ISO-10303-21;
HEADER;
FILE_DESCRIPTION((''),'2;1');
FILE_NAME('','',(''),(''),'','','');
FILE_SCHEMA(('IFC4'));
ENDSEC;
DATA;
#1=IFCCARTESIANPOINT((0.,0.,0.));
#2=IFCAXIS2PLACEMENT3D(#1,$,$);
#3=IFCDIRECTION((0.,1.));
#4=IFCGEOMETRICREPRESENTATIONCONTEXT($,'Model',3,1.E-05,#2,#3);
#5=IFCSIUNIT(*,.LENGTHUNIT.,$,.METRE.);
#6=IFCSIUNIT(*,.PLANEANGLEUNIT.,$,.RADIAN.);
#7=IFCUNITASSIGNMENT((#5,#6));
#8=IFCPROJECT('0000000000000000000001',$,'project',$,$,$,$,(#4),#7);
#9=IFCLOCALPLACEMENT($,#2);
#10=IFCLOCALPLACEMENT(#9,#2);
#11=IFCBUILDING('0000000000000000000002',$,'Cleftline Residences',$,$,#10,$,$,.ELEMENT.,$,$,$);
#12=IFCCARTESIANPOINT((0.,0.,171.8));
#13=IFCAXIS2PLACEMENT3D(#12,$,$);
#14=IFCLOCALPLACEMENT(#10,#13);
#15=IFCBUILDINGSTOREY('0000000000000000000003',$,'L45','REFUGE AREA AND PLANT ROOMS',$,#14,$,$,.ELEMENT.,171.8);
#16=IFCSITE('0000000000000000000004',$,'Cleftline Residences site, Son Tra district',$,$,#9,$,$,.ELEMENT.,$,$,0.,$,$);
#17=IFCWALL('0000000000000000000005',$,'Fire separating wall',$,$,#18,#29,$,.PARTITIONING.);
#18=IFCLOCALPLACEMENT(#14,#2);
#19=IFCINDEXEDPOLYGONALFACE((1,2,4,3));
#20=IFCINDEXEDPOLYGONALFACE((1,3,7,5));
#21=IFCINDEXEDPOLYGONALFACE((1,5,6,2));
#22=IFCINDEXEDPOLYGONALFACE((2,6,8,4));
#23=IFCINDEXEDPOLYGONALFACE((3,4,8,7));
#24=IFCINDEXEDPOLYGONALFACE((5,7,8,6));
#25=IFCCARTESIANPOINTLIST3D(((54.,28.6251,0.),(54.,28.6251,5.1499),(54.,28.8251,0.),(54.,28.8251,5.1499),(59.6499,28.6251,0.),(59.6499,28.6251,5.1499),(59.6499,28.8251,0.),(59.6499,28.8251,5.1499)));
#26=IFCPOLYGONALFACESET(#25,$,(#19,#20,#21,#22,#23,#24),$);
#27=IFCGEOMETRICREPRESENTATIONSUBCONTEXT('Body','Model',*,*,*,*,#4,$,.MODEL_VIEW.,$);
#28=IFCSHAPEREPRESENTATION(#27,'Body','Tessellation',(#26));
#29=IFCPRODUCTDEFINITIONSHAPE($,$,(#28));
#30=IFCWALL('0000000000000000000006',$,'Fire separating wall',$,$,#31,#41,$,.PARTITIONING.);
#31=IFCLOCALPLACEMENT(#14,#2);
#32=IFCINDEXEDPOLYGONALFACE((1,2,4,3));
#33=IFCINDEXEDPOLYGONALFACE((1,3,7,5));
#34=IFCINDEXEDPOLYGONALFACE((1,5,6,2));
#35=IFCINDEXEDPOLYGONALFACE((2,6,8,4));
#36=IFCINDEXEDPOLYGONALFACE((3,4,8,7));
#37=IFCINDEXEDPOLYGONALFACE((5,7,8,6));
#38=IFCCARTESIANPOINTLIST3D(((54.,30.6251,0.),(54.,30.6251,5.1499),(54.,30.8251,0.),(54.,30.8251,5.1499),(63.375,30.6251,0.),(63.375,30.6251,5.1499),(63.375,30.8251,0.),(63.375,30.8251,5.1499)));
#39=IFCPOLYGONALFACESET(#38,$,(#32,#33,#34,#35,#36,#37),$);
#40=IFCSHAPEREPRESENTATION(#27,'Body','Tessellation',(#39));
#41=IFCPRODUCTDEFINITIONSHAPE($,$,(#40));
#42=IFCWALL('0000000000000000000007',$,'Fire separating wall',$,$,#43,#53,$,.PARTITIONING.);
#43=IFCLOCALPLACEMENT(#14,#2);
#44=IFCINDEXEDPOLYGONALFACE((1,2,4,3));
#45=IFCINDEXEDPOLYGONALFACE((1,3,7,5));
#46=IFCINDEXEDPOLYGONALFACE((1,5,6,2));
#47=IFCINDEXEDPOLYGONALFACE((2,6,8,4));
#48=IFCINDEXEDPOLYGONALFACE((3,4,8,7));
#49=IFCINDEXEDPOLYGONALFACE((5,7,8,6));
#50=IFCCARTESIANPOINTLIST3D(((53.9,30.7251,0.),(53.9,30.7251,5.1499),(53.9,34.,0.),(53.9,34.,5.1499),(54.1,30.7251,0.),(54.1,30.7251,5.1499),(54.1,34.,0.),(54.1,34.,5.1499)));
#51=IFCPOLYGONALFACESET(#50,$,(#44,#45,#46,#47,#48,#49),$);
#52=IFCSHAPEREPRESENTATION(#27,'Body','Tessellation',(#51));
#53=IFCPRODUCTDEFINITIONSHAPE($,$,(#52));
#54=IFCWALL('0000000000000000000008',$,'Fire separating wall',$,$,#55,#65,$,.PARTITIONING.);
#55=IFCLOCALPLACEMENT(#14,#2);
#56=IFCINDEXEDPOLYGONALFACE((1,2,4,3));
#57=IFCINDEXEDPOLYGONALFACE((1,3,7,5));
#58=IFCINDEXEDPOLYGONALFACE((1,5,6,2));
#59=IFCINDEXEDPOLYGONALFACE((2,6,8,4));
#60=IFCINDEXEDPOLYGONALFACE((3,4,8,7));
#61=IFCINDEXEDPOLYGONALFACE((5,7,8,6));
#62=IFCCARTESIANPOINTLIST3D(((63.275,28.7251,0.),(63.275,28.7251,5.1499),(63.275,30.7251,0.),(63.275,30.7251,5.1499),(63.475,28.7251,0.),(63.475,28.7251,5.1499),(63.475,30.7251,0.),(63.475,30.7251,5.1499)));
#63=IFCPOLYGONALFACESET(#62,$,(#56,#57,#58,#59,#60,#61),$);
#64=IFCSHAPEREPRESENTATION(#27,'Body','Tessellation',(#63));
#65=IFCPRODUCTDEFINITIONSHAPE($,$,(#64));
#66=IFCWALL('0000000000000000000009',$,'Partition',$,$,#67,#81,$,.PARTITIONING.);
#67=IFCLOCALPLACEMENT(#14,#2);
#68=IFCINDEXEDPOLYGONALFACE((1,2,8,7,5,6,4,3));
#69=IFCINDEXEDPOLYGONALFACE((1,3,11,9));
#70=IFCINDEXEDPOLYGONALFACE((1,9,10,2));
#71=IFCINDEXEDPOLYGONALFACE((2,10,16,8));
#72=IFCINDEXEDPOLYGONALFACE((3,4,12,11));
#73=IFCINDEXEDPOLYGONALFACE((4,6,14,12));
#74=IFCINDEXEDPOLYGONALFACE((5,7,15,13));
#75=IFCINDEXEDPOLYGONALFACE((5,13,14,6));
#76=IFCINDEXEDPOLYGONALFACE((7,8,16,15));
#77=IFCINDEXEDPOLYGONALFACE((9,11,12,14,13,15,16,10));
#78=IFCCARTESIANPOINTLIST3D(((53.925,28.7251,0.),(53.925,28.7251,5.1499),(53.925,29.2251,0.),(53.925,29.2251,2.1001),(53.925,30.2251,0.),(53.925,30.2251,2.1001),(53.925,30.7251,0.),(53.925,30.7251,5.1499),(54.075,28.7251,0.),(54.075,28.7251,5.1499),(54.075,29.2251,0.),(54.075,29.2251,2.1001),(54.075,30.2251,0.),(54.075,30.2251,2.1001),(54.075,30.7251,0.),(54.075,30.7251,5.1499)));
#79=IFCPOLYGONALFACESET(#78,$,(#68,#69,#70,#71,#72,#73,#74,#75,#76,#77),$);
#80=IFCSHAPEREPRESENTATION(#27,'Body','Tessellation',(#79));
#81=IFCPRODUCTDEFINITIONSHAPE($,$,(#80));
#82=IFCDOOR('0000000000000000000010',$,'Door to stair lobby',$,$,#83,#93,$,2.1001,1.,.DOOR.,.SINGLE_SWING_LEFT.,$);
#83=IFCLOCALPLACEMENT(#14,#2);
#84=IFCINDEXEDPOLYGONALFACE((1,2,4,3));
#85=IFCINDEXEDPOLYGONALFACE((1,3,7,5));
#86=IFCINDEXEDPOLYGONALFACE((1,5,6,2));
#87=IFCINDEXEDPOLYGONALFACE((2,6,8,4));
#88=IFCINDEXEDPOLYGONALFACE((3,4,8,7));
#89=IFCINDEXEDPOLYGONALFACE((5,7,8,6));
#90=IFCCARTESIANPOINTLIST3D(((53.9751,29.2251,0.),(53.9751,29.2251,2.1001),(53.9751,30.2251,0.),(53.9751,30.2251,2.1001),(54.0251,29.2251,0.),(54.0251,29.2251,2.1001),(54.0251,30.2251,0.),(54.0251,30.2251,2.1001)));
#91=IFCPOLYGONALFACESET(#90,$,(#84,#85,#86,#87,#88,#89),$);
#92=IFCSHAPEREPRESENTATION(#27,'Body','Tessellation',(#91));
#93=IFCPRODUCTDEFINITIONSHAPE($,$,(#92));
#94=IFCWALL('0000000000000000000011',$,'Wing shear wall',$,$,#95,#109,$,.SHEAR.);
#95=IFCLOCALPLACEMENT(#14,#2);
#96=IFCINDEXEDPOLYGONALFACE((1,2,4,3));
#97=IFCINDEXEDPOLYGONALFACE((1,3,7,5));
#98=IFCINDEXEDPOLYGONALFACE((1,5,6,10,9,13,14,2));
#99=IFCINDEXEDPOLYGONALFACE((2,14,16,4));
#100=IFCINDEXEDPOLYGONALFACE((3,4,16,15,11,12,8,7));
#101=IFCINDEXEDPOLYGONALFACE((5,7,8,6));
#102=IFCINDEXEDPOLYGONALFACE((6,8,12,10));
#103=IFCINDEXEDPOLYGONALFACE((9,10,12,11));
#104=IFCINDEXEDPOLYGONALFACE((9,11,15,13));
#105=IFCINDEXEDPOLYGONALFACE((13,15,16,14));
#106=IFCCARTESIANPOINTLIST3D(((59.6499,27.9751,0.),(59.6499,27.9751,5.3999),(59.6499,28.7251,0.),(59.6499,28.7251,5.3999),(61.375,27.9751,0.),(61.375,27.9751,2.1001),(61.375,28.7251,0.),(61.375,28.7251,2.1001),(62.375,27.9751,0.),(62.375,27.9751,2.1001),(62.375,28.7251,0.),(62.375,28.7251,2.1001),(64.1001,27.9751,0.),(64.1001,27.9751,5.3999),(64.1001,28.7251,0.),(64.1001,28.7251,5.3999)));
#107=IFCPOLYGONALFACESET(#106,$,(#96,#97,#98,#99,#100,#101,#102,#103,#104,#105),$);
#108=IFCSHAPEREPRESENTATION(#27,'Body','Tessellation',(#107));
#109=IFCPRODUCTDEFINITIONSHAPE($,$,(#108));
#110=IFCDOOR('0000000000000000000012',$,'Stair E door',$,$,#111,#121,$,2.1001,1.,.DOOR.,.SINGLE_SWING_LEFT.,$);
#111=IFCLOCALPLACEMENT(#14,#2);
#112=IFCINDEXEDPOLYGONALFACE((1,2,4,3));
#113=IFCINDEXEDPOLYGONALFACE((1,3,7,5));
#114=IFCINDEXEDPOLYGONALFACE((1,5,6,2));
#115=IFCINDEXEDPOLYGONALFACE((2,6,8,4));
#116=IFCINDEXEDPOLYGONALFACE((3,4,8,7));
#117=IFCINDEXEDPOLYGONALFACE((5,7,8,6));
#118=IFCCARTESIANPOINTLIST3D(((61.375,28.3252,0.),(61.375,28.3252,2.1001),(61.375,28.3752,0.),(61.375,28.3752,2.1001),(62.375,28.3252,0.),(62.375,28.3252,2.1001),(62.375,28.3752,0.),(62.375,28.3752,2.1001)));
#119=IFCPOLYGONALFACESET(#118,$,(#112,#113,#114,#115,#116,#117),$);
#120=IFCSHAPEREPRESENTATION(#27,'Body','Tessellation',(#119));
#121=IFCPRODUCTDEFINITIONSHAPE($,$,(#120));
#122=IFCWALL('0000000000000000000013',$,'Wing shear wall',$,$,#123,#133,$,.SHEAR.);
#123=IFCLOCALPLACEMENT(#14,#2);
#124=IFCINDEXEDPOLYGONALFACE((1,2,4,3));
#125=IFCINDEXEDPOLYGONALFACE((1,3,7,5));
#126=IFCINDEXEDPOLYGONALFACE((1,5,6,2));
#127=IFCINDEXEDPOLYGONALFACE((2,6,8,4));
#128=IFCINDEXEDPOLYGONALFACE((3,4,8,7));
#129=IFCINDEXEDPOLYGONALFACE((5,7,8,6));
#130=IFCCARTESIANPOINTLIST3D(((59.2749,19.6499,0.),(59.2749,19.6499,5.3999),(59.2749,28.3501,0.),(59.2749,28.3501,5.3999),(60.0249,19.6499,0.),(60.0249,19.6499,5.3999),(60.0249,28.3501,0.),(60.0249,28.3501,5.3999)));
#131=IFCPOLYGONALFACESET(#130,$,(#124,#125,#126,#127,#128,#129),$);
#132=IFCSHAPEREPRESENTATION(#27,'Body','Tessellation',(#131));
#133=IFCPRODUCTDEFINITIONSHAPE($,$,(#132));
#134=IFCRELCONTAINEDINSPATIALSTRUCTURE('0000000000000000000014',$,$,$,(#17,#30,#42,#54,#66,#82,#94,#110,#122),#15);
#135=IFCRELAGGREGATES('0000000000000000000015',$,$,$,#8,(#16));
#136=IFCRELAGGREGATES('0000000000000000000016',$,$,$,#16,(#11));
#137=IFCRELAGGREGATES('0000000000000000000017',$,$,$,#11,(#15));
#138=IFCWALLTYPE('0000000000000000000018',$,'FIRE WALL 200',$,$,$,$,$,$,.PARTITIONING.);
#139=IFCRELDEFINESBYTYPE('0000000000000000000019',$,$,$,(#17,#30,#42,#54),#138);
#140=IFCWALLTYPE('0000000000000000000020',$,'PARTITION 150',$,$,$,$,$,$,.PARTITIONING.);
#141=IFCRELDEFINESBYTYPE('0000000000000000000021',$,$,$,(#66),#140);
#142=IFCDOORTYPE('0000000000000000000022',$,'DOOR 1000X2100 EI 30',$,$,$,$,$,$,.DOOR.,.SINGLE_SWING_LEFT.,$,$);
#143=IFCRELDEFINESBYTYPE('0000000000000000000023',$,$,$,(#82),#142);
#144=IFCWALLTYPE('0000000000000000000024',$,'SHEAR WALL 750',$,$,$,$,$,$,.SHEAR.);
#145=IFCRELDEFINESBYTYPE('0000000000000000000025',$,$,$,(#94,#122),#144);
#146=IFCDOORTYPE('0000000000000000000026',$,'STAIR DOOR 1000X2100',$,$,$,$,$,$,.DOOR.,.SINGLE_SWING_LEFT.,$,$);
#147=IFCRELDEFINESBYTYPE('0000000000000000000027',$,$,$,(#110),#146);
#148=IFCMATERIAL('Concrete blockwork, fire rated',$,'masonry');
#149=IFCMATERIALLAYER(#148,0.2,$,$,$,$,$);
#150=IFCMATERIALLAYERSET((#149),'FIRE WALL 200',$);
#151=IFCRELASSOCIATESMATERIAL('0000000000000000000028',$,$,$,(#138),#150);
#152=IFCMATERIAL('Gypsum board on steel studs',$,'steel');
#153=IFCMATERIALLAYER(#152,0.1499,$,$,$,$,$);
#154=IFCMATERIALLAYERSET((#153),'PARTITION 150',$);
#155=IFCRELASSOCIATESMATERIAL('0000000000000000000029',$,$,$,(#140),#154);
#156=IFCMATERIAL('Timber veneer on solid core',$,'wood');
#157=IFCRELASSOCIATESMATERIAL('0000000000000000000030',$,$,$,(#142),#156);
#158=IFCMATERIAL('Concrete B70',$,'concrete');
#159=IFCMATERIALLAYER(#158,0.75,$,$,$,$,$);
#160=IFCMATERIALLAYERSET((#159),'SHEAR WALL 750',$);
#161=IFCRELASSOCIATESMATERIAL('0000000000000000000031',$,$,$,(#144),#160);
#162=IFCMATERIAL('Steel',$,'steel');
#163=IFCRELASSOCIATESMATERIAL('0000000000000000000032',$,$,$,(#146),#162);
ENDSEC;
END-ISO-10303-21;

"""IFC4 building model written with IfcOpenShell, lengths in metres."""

from ifc_helpers import new_model, si_unit, direction, frame, frame_2d, origin, place, context, subcontext, project, spatial, rectangle, extrude, material, layer, layer_set, type_object, element, fill, save


model = new_model("IFC4")

# Units and contexts
model_context = context("Model", 3, precision=1e-05, world=origin(), true_north=direction((0.0, 1.0)))
body_context = subcontext(model_context, "Body", "Model", "MODEL_VIEW")
ifc_project = project(units=[si_unit("LENGTHUNIT", "METRE"), si_unit("PLANEANGLEUNIT", "RADIAN")], contexts=[model_context])

# Site, building, storey
site_placement = place(None, origin())
site = spatial("IfcSite", under=ifc_project, at=site_placement, Name="Cleftline Residences site, Son Tra district", CompositionType="ELEMENT", RefElevation=0.0)
building_placement = place(site_placement, origin())
building = spatial("IfcBuilding", under=site, at=building_placement, Name="Cleftline Residences", CompositionType="ELEMENT")
storey_placement = place(building_placement, frame((0.0, 0.0, 171.8)))
storey = spatial("IfcBuildingStorey", under=building, at=storey_placement, Name="L45", Description="REFUGE AREA AND PLANT ROOMS", CompositionType="ELEMENT", Elevation=171.8)

# Walls
ifc_material_1 = material(Name="Concrete blockwork, fire rated", Category="masonry")
ifc_layer_1 = layer(ifc_material_1, 0.2)
ifc_layer_set_1 = layer_set([ifc_layer_1], Name="FIRE WALL 200")
wall_type_1 = type_object("IfcWallType", Name="FIRE WALL 200", PredefinedType="PARTITIONING", material=ifc_layer_set_1)
wall_1_placement = place(storey_placement, frame((54.0, 28.7251, 0.0), z_axis=(0.0, 0.0, 1.0), x_axis=(1.0, 0.0, 0.0)))
element("IfcWall", 1, at=wall_1_placement, inside=storey, type_object=wall_type_1, Name="Fire separating wall", PredefinedType="PARTITIONING", context=body_context, shape_type="SweptSolid", body=[
    extrude(rectangle(XDim=5.6499, YDim=0.2, at=frame_2d((2.825, 0.0))), origin(), (0.0, 0.0, 1.0), 5.1499),
])
wall_2_placement = place(storey_placement, frame((54.0, 30.7251, 0.0), z_axis=(0.0, 0.0, 1.0), x_axis=(1.0, 0.0, 0.0)))
element("IfcWall", 2, at=wall_2_placement, inside=storey, type_object=wall_type_1, Name="Fire separating wall", PredefinedType="PARTITIONING", context=body_context, shape_type="SweptSolid", body=[
    extrude(rectangle(XDim=9.375, YDim=0.2, at=frame_2d((4.6875, 0.0))), origin(), (0.0, 0.0, 1.0), 5.1499),
])
wall_3_placement = place(storey_placement, frame((54.0, 30.7251, 0.0), z_axis=(0.0, 0.0, 1.0), x_axis=(0.0, 1.0, 0.0)))
element("IfcWall", 3, at=wall_3_placement, inside=storey, type_object=wall_type_1, Name="Fire separating wall", PredefinedType="PARTITIONING", context=body_context, shape_type="SweptSolid", body=[
    extrude(rectangle(XDim=3.2749, YDim=0.2, at=frame_2d((1.6375, 0.0))), origin(), (0.0, 0.0, 1.0), 5.1499),
])
wall_4_placement = place(storey_placement, frame((63.375, 28.7251, 0.0), z_axis=(0.0, 0.0, 1.0), x_axis=(0.0, 1.0, 0.0)))
element("IfcWall", 4, at=wall_4_placement, inside=storey, type_object=wall_type_1, Name="Fire separating wall", PredefinedType="PARTITIONING", context=body_context, shape_type="SweptSolid", body=[
    extrude(rectangle(XDim=2.0, YDim=0.2, at=frame_2d((1.0, 0.0))), origin(), (0.0, 0.0, 1.0), 5.1499),
])

# Walls, openings, doors
ifc_material_2 = material(Name="Gypsum board on steel studs", Category="steel")
ifc_layer_2 = layer(ifc_material_2, 0.1499)
ifc_layer_set_2 = layer_set([ifc_layer_2], Name="PARTITION 150")
wall_type_2 = type_object("IfcWallType", Name="PARTITION 150", PredefinedType="PARTITIONING", material=ifc_layer_set_2)
wall_5_placement = place(storey_placement, frame((54.0, 28.7251, 0.0), z_axis=(0.0, 0.0, 1.0), x_axis=(0.0, 1.0, 0.0)))
wall_5 = element("IfcWall", 5, at=wall_5_placement, inside=storey, type_object=wall_type_2, Name="Partition", PredefinedType="PARTITIONING", context=body_context, shape_type="SweptSolid", body=[
    extrude(rectangle(XDim=2.0, YDim=0.1499, at=frame_2d((1.0, 0.0))), origin(), (0.0, 0.0, 1.0), 5.1499),
])
opening_1_placement = place(wall_5_placement, frame((0.5, 0.0, 0.0)))
opening_1 = element("IfcOpeningElement", 6, at=opening_1_placement, cuts=wall_5, PredefinedType="OPENING", context=body_context, shape_type="SweptSolid", body=[
    extrude(rectangle(XDim=1.0, YDim=2.1001, at=frame_2d((0.5, 1.05))), frame((0.0, 0.085, 0.0), z_axis=(0.0, -1.0, 0.0), x_axis=(1.0, 0.0, 0.0)), (0.0, 0.0, 1.0), 0.1699),
])
ifc_material_3 = material(Name="Timber veneer on solid core", Category="wood")
door_type_1 = type_object("IfcDoorType", Name="DOOR 1000X2100 EI 30", OperationType="SINGLE_SWING_LEFT", PredefinedType="DOOR", material=ifc_material_3)
door_1_placement = place(opening_1_placement, origin())
door_1 = element("IfcDoor", 7, at=door_1_placement, inside=storey, type_object=door_type_1, Name="Door to stair lobby", OperationType="SINGLE_SWING_LEFT", OverallHeight=2.1001, OverallWidth=1.0, PredefinedType="DOOR", context=body_context, shape_type="SweptSolid", body=[
    extrude(rectangle(XDim=1.0, YDim=2.1001, at=frame_2d((0.5, 1.05))), frame((0.0, 0.0249, 0.0), z_axis=(0.0, -1.0, 0.0), x_axis=(1.0, 0.0, 0.0)), (0.0, 0.0, 1.0), 0.05),
])
fill(opening_1, door_1)
ifc_material_4 = material(Name="Concrete B70", Category="concrete")
ifc_layer_3 = layer(ifc_material_4, 0.75)
ifc_layer_set_3 = layer_set([ifc_layer_3], Name="SHEAR WALL 750")
wall_type_3 = type_object("IfcWallType", Name="SHEAR WALL 750", PredefinedType="SHEAR", material=ifc_layer_set_3)
wall_6_placement = place(storey_placement, frame((64.1001, 28.3501, 0.0), z_axis=(0.0, 0.0, 1.0), x_axis=(-1.0, 0.0, 0.0)))
wall_6 = element("IfcWall", 8, at=wall_6_placement, inside=storey, type_object=wall_type_3, Name="Wing shear wall", PredefinedType="SHEAR", context=body_context, shape_type="SweptSolid", body=[
    extrude(rectangle(XDim=4.4502, YDim=0.75, at=frame_2d((2.2251, 0.0))), origin(), (0.0, 0.0, 1.0), 5.3999),
])
opening_2_placement = place(wall_6_placement, frame((1.7251, 0.0, 0.0)))
opening_2 = element("IfcOpeningElement", 9, at=opening_2_placement, cuts=wall_6, PredefinedType="OPENING", context=body_context, shape_type="SweptSolid", body=[
    extrude(rectangle(XDim=1.0, YDim=2.1001, at=frame_2d((0.5, 1.05))), frame((0.0, 0.385, 0.0), z_axis=(0.0, -1.0, 0.0), x_axis=(1.0, 0.0, 0.0)), (0.0, 0.0, 1.0), 0.77),
])
ifc_material_5 = material(Name="Steel", Category="steel")
door_type_2 = type_object("IfcDoorType", Name="STAIR DOOR 1000X2100", OperationType="SINGLE_SWING_LEFT", PredefinedType="DOOR", material=ifc_material_5)
door_2_placement = place(opening_2_placement, origin())
door_2 = element("IfcDoor", 10, at=door_2_placement, inside=storey, type_object=door_type_2, Name="Stair E door", OperationType="SINGLE_SWING_LEFT", OverallHeight=2.1001, OverallWidth=1.0, PredefinedType="DOOR", context=body_context, shape_type="SweptSolid", body=[
    extrude(rectangle(XDim=1.0, YDim=2.1001, at=frame_2d((0.5, 1.05))), frame((0.0, 0.0249, 0.0), z_axis=(0.0, -1.0, 0.0), x_axis=(1.0, 0.0, 0.0)), (0.0, 0.0, 1.0), 0.05),
])
fill(opening_2, door_2)

# Wall
wall_7_placement = place(storey_placement, frame((59.6499, 28.3501, 0.0), z_axis=(0.0, 0.0, 1.0), x_axis=(0.0, -1.0, 0.0)))
element("IfcWall", 11, at=wall_7_placement, inside=storey, type_object=wall_type_3, Name="Wing shear wall", PredefinedType="SHEAR", context=body_context, shape_type="SweptSolid", body=[
    extrude(rectangle(XDim=8.7002, YDim=0.75, at=frame_2d((4.3501, 0.0))), origin(), (0.0, 0.0, 1.0), 5.3999),
])

save(model, "model.ifc")
